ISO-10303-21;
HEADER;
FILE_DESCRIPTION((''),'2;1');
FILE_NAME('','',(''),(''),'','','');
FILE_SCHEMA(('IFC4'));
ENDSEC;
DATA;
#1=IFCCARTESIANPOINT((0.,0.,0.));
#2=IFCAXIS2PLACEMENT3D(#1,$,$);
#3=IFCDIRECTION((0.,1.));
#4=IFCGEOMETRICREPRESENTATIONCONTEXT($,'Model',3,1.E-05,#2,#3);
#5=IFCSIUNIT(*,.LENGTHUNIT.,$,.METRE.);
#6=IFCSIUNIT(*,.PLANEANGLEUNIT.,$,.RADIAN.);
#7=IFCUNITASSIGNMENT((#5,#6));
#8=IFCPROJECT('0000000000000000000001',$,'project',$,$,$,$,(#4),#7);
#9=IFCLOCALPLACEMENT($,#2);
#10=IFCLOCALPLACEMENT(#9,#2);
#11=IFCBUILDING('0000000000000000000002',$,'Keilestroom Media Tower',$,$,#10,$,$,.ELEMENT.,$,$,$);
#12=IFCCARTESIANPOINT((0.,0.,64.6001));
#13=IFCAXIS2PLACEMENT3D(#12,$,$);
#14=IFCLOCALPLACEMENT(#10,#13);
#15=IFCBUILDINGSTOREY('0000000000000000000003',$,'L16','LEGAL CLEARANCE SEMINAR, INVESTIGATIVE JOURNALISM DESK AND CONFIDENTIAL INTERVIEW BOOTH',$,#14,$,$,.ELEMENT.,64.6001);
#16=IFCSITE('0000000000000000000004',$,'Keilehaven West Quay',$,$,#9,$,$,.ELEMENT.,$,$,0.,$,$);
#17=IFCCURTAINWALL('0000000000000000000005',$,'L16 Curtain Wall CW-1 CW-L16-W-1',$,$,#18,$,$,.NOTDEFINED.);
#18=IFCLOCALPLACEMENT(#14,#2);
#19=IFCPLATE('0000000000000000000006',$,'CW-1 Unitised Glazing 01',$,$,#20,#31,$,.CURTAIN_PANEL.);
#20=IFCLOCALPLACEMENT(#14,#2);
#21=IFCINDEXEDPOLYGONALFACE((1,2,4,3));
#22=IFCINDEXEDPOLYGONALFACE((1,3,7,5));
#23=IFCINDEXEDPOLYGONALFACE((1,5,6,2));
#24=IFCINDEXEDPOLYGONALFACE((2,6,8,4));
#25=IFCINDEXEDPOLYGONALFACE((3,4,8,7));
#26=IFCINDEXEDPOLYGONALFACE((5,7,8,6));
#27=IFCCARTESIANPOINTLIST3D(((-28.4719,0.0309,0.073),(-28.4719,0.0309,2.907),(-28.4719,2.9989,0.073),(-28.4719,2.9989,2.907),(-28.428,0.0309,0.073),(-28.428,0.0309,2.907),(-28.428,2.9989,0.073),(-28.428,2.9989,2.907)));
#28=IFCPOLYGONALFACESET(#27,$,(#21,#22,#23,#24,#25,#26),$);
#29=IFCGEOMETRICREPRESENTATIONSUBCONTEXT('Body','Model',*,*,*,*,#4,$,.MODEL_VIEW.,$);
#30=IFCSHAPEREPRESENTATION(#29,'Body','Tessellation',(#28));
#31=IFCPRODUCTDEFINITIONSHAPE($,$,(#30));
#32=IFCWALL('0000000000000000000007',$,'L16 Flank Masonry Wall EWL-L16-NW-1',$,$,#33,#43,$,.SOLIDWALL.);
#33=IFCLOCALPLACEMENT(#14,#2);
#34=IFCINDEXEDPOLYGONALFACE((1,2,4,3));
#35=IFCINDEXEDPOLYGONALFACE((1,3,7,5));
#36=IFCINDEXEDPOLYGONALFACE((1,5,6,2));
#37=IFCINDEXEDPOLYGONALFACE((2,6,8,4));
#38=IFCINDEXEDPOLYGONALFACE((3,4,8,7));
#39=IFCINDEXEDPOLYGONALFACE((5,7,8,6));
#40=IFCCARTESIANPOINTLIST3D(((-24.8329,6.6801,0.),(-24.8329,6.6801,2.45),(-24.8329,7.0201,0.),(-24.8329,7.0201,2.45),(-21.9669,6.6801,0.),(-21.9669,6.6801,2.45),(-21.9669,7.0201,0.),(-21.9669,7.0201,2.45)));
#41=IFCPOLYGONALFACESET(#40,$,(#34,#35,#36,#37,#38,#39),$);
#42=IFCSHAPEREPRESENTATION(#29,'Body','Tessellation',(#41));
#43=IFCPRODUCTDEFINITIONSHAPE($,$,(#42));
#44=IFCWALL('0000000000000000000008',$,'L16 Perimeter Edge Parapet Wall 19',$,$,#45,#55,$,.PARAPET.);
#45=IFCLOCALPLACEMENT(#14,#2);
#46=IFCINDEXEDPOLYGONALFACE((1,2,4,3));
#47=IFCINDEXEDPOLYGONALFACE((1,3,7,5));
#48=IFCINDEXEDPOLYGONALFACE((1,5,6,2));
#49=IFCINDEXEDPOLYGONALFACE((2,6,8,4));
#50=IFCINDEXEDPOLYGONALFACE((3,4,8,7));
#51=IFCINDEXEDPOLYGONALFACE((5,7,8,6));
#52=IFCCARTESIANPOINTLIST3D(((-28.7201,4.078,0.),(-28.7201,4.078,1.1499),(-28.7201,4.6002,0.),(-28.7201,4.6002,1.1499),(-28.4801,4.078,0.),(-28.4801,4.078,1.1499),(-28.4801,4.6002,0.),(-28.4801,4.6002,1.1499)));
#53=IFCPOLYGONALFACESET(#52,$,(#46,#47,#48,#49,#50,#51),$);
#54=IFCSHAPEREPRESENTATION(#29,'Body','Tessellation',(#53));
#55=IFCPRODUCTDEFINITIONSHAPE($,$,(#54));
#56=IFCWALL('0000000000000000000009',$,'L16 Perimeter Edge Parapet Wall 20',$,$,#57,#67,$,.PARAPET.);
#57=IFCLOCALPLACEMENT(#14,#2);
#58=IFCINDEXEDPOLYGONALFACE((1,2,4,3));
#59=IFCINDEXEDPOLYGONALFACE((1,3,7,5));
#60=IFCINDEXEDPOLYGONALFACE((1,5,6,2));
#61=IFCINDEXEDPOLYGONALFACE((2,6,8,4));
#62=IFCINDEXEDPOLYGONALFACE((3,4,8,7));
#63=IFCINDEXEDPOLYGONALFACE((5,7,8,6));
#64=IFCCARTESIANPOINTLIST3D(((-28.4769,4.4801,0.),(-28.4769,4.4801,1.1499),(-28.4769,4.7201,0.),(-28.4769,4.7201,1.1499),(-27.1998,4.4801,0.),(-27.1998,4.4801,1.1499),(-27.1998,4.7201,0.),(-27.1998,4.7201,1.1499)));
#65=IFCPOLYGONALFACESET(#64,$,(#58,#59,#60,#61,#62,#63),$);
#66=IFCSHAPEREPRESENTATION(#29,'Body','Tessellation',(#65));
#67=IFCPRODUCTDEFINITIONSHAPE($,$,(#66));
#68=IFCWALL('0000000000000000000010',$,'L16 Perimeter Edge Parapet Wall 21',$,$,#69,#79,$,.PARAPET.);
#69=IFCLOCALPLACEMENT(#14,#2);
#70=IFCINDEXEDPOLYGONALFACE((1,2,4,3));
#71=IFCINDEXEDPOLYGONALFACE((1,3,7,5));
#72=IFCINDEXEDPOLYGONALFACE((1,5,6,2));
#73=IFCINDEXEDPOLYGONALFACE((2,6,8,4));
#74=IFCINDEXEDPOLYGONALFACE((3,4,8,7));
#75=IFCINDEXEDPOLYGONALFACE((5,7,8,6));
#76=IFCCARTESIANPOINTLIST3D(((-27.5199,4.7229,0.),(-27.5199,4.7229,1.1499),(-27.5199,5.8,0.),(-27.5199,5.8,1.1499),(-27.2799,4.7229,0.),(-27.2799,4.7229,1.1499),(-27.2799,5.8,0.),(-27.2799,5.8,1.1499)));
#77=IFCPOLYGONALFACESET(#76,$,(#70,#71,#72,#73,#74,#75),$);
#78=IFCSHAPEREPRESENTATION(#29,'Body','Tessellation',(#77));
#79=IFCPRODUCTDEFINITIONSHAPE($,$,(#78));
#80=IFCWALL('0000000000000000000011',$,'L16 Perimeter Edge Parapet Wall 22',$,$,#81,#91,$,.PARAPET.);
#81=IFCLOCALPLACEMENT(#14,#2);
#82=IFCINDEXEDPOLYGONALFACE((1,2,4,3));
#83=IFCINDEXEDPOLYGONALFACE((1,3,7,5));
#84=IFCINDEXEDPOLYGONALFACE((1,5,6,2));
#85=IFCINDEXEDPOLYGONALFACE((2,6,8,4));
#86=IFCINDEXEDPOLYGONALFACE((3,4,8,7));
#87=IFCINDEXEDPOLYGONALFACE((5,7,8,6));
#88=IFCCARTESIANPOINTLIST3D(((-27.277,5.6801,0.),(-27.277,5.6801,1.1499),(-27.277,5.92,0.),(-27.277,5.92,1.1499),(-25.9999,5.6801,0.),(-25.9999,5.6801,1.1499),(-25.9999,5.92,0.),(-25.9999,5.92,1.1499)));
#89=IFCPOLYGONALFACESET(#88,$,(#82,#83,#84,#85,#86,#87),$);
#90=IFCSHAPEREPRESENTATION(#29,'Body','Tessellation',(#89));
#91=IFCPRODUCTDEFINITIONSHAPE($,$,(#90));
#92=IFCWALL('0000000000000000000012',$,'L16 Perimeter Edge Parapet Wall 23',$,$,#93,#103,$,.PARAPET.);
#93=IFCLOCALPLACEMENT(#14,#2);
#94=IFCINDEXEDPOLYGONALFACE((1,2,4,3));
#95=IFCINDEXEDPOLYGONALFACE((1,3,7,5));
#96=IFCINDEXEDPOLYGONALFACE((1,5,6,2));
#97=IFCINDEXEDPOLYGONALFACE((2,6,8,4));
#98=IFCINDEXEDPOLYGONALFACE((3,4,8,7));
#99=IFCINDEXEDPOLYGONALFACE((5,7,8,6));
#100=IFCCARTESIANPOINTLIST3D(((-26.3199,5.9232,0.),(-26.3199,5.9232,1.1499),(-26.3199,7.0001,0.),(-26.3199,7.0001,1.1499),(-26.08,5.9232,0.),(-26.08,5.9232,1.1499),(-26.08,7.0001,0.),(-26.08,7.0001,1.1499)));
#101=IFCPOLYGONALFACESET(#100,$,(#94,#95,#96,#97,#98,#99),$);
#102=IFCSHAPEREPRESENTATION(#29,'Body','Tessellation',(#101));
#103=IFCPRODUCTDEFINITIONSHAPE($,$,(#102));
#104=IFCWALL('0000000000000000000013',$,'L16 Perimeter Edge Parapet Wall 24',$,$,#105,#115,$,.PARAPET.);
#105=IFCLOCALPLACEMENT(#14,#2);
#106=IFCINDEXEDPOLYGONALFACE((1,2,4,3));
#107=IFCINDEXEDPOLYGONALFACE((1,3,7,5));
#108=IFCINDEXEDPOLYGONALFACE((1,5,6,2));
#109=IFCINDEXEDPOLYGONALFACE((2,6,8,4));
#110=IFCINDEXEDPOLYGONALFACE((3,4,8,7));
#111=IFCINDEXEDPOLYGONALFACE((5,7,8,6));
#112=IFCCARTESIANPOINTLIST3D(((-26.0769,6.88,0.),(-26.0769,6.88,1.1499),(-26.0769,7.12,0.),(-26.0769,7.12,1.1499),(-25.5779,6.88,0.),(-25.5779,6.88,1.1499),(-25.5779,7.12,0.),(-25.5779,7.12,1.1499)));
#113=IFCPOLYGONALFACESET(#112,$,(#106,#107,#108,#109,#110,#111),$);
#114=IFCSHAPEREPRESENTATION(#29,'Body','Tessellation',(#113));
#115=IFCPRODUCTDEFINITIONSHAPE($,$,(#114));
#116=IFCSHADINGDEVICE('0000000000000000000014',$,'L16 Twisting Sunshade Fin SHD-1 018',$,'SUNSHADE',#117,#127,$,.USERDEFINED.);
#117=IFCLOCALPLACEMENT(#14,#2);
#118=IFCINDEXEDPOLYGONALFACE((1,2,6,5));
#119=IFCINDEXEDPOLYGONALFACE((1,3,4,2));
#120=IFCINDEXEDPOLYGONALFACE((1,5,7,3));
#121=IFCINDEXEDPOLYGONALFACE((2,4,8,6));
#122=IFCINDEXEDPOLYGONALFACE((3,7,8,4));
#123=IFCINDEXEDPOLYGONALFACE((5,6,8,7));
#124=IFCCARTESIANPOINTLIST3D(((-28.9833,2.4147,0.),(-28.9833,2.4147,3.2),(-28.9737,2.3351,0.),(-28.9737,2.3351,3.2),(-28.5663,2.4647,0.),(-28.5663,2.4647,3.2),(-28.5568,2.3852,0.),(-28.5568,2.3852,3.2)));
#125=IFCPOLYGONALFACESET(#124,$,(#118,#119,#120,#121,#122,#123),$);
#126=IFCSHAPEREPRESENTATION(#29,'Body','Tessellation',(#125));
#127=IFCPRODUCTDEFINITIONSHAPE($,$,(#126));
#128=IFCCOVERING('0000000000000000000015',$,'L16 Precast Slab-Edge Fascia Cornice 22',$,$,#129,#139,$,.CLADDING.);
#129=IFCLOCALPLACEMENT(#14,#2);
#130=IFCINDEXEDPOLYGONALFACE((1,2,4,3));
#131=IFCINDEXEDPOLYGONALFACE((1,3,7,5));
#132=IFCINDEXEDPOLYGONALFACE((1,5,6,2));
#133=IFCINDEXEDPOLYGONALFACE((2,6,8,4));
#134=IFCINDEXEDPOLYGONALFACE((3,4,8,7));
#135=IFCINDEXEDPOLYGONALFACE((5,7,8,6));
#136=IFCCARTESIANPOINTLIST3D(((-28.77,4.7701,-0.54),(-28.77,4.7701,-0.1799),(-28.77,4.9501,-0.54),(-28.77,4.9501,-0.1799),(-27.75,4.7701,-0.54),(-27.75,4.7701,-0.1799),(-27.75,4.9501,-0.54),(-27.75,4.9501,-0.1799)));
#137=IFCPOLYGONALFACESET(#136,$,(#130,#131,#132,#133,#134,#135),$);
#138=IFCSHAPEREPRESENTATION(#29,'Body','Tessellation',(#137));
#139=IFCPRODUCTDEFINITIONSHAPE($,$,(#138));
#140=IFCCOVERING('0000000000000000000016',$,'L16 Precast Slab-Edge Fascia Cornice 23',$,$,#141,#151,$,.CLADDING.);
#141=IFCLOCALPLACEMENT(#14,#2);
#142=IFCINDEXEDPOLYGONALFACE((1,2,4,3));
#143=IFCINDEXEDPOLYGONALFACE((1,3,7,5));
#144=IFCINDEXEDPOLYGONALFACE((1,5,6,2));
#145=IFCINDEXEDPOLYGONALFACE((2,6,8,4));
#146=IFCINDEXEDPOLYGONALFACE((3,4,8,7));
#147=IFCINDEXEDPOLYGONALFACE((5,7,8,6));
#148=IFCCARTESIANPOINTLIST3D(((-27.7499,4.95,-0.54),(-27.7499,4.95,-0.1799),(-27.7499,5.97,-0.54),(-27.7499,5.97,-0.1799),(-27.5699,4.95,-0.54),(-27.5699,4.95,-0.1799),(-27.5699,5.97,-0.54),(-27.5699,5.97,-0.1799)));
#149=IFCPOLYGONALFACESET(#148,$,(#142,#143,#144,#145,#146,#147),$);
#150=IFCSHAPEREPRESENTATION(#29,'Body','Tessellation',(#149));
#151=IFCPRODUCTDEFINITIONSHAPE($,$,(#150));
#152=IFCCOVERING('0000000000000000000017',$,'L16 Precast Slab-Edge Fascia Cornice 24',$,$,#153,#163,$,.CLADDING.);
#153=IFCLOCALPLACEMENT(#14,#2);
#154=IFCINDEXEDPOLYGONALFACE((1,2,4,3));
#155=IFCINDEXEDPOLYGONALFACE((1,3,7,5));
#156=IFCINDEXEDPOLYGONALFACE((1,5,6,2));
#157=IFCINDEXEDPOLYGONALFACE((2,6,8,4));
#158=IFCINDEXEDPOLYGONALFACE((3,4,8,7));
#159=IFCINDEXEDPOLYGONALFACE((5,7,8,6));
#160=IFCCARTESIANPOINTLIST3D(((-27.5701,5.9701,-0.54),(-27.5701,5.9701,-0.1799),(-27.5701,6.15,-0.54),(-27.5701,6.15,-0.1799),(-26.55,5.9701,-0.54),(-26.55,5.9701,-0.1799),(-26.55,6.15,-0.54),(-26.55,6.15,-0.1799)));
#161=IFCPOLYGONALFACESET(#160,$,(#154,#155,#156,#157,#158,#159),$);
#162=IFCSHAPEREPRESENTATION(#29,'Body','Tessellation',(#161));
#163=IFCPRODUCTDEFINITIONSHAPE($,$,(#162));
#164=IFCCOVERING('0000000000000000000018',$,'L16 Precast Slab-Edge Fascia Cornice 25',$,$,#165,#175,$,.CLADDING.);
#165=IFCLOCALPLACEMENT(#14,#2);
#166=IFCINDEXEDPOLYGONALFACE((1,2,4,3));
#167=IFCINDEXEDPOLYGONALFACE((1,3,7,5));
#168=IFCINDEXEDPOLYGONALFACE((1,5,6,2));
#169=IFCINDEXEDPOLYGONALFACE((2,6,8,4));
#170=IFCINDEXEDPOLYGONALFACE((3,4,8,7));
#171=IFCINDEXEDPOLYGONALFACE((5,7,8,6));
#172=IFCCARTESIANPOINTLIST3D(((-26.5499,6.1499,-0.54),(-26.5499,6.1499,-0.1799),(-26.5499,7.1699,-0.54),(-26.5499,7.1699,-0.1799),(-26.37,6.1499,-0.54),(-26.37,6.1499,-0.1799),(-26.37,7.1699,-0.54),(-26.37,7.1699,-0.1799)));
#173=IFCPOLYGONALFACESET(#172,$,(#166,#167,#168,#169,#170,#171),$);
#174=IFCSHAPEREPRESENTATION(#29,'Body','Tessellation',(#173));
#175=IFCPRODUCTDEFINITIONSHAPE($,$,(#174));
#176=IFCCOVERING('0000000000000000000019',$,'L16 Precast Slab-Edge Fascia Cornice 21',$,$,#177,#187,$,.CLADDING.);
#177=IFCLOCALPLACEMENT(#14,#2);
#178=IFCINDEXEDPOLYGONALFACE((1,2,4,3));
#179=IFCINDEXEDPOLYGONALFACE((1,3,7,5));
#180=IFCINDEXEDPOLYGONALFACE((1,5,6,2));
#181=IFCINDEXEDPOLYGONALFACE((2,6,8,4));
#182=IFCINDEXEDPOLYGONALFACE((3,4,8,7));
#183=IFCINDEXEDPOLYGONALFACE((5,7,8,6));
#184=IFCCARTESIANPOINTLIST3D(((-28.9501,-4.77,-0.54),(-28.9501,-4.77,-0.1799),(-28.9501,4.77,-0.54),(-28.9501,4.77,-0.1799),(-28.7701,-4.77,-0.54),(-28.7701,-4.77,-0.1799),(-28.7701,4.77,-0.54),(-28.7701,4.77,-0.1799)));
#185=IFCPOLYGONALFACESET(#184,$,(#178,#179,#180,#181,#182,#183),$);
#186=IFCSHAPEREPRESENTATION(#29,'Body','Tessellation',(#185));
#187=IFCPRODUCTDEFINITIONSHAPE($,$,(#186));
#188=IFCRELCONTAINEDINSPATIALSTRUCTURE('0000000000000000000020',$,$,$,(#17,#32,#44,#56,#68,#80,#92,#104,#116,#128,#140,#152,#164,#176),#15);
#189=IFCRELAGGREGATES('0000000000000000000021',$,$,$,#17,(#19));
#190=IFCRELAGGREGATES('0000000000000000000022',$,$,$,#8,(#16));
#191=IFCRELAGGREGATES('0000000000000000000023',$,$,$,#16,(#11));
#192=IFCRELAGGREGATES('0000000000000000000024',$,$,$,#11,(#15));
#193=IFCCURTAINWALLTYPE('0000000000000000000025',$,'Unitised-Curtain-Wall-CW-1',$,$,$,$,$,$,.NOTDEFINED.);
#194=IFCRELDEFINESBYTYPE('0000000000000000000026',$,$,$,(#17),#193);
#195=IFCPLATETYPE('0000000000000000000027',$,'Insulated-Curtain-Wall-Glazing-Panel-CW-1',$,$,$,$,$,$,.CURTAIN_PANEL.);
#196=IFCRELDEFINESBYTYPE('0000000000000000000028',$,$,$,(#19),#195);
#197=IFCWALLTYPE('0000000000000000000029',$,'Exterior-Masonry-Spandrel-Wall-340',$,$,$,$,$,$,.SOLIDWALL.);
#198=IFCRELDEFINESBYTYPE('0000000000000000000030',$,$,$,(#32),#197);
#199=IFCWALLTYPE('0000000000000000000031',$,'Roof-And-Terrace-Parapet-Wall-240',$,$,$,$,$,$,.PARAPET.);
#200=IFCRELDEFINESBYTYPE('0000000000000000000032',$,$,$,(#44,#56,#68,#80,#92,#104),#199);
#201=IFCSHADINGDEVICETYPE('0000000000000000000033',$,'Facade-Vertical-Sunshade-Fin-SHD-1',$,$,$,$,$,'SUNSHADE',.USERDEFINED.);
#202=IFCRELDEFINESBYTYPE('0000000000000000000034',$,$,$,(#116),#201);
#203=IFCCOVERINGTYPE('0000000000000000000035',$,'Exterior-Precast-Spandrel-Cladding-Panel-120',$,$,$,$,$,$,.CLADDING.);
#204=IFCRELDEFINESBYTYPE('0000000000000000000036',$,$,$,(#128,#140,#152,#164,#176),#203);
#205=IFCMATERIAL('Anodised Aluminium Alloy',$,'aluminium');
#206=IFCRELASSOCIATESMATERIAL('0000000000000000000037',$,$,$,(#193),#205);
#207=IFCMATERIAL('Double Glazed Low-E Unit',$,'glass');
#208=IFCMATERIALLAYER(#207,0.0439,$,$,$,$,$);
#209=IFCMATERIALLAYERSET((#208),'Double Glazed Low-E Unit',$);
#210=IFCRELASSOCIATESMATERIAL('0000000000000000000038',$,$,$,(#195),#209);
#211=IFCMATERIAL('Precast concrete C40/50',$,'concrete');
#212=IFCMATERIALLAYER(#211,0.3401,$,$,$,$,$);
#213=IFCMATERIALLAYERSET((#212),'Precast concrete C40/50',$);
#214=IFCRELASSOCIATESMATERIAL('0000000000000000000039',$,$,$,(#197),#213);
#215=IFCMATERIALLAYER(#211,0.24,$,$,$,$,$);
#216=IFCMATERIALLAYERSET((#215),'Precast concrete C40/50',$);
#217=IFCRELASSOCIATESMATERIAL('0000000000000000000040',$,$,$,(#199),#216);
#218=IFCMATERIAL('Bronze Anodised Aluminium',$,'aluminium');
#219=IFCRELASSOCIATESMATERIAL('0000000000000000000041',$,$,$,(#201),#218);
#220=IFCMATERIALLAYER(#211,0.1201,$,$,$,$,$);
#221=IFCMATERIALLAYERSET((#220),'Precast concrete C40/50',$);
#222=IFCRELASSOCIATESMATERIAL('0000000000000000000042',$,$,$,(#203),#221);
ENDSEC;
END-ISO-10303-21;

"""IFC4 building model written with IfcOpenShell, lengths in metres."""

from ifc_helpers import new_model, si_unit, direction, frame, frame_2d, origin, origin_2d, place, context, subcontext, project, spatial, rectangle, extrude, source, transform, mapped, material, layer, layer_set, type_object, element, aggregate, save


model = new_model("IFC4")

# Units and contexts
model_context = context("Model", 3, precision=1e-05, world=origin(), true_north=direction((0.0, 1.0)))
body_context = subcontext(model_context, "Body", "Model", "MODEL_VIEW")
ifc_project = project(units=[si_unit("LENGTHUNIT", "METRE"), si_unit("PLANEANGLEUNIT", "RADIAN")], contexts=[model_context])

# Site, building, storey
site_placement = place(None, origin())
site = spatial("IfcSite", under=ifc_project, at=site_placement, Name="Keilehaven West Quay", CompositionType="ELEMENT", RefElevation=0.0)
building_placement = place(site_placement, origin())
building = spatial("IfcBuilding", under=site, at=building_placement, Name="Keilestroom Media Tower", CompositionType="ELEMENT")
storey_placement = place(building_placement, frame((0.0, 0.0, 64.6001)))
storey = spatial("IfcBuildingStorey", under=building, at=storey_placement, Name="L16", Description="LEGAL CLEARANCE SEMINAR, INVESTIGATIVE JOURNALISM DESK AND CONFIDENTIAL INTERVIEW BOOTH", CompositionType="ELEMENT", Elevation=64.6001)

# Shared definitions
ifc_material_1 = material(Name="Precast concrete C40/50", Category="concrete")

# Curtain wall, plate
ifc_material_2 = material(Name="Anodised Aluminium Alloy", Category="aluminium")
curtain_wall_type = type_object("IfcCurtainWallType", Name="Unitised-Curtain-Wall-CW-1", PredefinedType="NOTDEFINED", material=ifc_material_2)
curtain_wall_placement = place(storey_placement, origin())
curtain_wall = element("IfcCurtainWall", 1, at=curtain_wall_placement, inside=storey, type_object=curtain_wall_type, Name="L16 Curtain Wall CW-1 CW-L16-W-1", PredefinedType="NOTDEFINED")
ifc_material_3 = material(Name="Double Glazed Low-E Unit", Category="glass")
ifc_layer_1 = layer(ifc_material_3, 0.0439)
ifc_layer_set_1 = layer_set([ifc_layer_1], Name="Double Glazed Low-E Unit")
plate_type = type_object("IfcPlateType", Name="Insulated-Curtain-Wall-Glazing-Panel-CW-1", PredefinedType="CURTAIN_PANEL", material=ifc_layer_set_1)
shared_shape_1 = source(origin(), body_context, "Body", "SweptSolid", [
    extrude(rectangle(XDim=2.968, YDim=0.0439, at=origin_2d()), origin(), (0.0, 0.0, 1.0), 2.834),
])
plate_1_placement = place(storey_placement, frame((-28.45, 1.5149, 0.073), z_axis=(0.0, 0.0, 1.0), x_axis=(0.0, 1.0, 0.0)))
plate_1 = element("IfcPlate", 2, at=plate_1_placement, type_object=plate_type, Name="CW-1 Unitised Glazing 01", PredefinedType="CURTAIN_PANEL", context=body_context, shape_type="MappedRepresentation", body=[
    mapped(shared_shape_1, transform((0.0, 0.0, 0.0), x_axis=(1.0, 0.0, 0.0), y_axis=(0.0, 1.0, 0.0), z_axis=(0.0, 0.0, 1.0), scale=1.0)),
])
aggregate(curtain_wall, [plate_1])

# Walls
ifc_layer_2 = layer(ifc_material_1, 0.3401)
ifc_layer_set_2 = layer_set([ifc_layer_2], Name="Precast concrete C40/50")
wall_type_1 = type_object("IfcWallType", Name="Exterior-Masonry-Spandrel-Wall-340", PredefinedType="SOLIDWALL", material=ifc_layer_set_2)
wall_1_placement = place(storey_placement, frame((-24.833, 6.8501, 0.0), z_axis=(0.0, 0.0, 1.0), x_axis=(1.0, 0.0, 0.0)))
element("IfcWall", 3, at=wall_1_placement, inside=storey, type_object=wall_type_1, Name="L16 Flank Masonry Wall EWL-L16-NW-1", PredefinedType="SOLIDWALL", context=body_context, shape_type="SweptSolid", body=[
    extrude(rectangle(XDim=2.866, YDim=0.3401, at=frame_2d((1.4331, 0.0))), origin(), (0.0, 0.0, 1.0), 2.45),
])
ifc_layer_3 = layer(ifc_material_1, 0.24)
ifc_layer_set_3 = layer_set([ifc_layer_3], Name="Precast concrete C40/50")
wall_type_2 = type_object("IfcWallType", Name="Roof-And-Terrace-Parapet-Wall-240", PredefinedType="PARAPET", material=ifc_layer_set_3)
wall_2_placement = place(storey_placement, frame((-28.6001, 4.0779, 0.0), z_axis=(0.0, 0.0, 1.0), x_axis=(0.0, 1.0, 0.0)))
element("IfcWall", 4, at=wall_2_placement, inside=storey, type_object=wall_type_2, Name="L16 Perimeter Edge Parapet Wall 19", PredefinedType="PARAPET", context=body_context, shape_type="SweptSolid", body=[
    extrude(rectangle(XDim=0.5222, YDim=0.24, at=frame_2d((0.2612, 0.0))), origin(), (0.0, 0.0, 1.0), 1.1499),
])
wall_3_placement = place(storey_placement, frame((-28.4771, 4.6001, 0.0), z_axis=(0.0, 0.0, 1.0), x_axis=(1.0, 0.0, 0.0)))
element("IfcWall", 5, at=wall_3_placement, inside=storey, type_object=wall_type_2, Name="L16 Perimeter Edge Parapet Wall 20", PredefinedType="PARAPET", context=body_context, shape_type="SweptSolid", body=[
    extrude(rectangle(XDim=1.2771, YDim=0.24, at=frame_2d((0.6387, 0.0))), origin(), (0.0, 0.0, 1.0), 1.1499),
])
wall_4_placement = place(storey_placement, frame((-27.3999, 4.7229, 0.0), z_axis=(0.0, 0.0, 1.0), x_axis=(0.0, 1.0, 0.0)))
element("IfcWall", 6, at=wall_4_placement, inside=storey, type_object=wall_type_2, Name="L16 Perimeter Edge Parapet Wall 21", PredefinedType="PARAPET", context=body_context, shape_type="SweptSolid", body=[
    extrude(rectangle(XDim=1.0771, YDim=0.24, at=frame_2d((0.5386, 0.0))), origin(), (0.0, 0.0, 1.0), 1.1499),
])
wall_5_placement = place(storey_placement, frame((-27.2771, 5.8, 0.0), z_axis=(0.0, 0.0, 1.0), x_axis=(1.0, 0.0, 0.0)))
element("IfcWall", 7, at=wall_5_placement, inside=storey, type_object=wall_type_2, Name="L16 Perimeter Edge Parapet Wall 22", PredefinedType="PARAPET", context=body_context, shape_type="SweptSolid", body=[
    extrude(rectangle(XDim=1.2771, YDim=0.24, at=frame_2d((0.6387, 0.0))), origin(), (0.0, 0.0, 1.0), 1.1499),
])
wall_6_placement = place(storey_placement, frame((-26.2, 5.9231, 0.0), z_axis=(0.0, 0.0, 1.0), x_axis=(0.0, 1.0, 0.0)))
element("IfcWall", 8, at=wall_6_placement, inside=storey, type_object=wall_type_2, Name="L16 Perimeter Edge Parapet Wall 23", PredefinedType="PARAPET", context=body_context, shape_type="SweptSolid", body=[
    extrude(rectangle(XDim=1.0769, YDim=0.24, at=frame_2d((0.5386, 0.0))), origin(), (0.0, 0.0, 1.0), 1.1499),
])
wall_7_placement = place(storey_placement, frame((-26.0769, 7.0, 0.0), z_axis=(0.0, 0.0, 1.0), x_axis=(1.0, 0.0, 0.0)))
element("IfcWall", 9, at=wall_7_placement, inside=storey, type_object=wall_type_2, Name="L16 Perimeter Edge Parapet Wall 24", PredefinedType="PARAPET", context=body_context, shape_type="SweptSolid", body=[
    extrude(rectangle(XDim=0.499, YDim=0.24, at=frame_2d((0.2495, 0.0))), origin(), (0.0, 0.0, 1.0), 1.1499),
])

# Shading device
ifc_material_4 = material(Name="Bronze Anodised Aluminium", Category="aluminium")
shading_device_type = type_object("IfcShadingDeviceType", Name="Facade-Vertical-Sunshade-Fin-SHD-1", ElementType="SUNSHADE", PredefinedType="USERDEFINED", material=ifc_material_4)
shared_shape_2 = source(origin(), body_context, "Body", "SweptSolid", [
    extrude(rectangle(XDim=0.4199, YDim=0.0801, at=origin_2d()), origin(), (0.0, 0.0, 1.0), 3.2),
])
shading_device_placement = place(storey_placement, frame((-28.77, 2.3999, 0.0), z_axis=(0.0, 0.0, 1.0), x_axis=(0.992883, 0.119097, 0.0)))
element("IfcShadingDevice", 10, at=shading_device_placement, inside=storey, type_object=shading_device_type, Name="L16 Twisting Sunshade Fin SHD-1 018", ObjectType="SUNSHADE", PredefinedType="USERDEFINED", context=body_context, shape_type="MappedRepresentation", body=[
    mapped(shared_shape_2, transform((0.0, 0.0, 0.0), x_axis=(1.0, 0.0, 0.0), y_axis=(0.0, 1.0, 0.0), z_axis=(0.0, 0.0, 1.0), scale=1.0)),
])

# Coverings
ifc_layer_4 = layer(ifc_material_1, 0.1201)
ifc_layer_set_4 = layer_set([ifc_layer_4], Name="Precast concrete C40/50")
covering_type = type_object("IfcCoveringType", Name="Exterior-Precast-Spandrel-Cladding-Panel-120", PredefinedType="CLADDING", material=ifc_layer_set_4)
shared_shape_3 = source(origin(), body_context, "Body", "SweptSolid", [
    extrude(rectangle(XDim=1.02, YDim=0.1799, at=origin_2d()), origin(), (0.0, 0.0, 1.0), 0.3601),
])
for number, where, z_axis, x_axis, name in (
    (11, (-28.26, 4.8601, -0.54), (0.0, 0.0, 1.0), (1.0, 0.0, 0.0), "L16 Precast Slab-Edge Fascia Cornice 22"),
    (12, (-27.6599, 5.46, -0.54), (0.0, 0.0, 1.0), (0.0, 1.0, 0.0), "L16 Precast Slab-Edge Fascia Cornice 23"),
    (13, (-27.0601, 6.0601, -0.54), (0.0, 0.0, 1.0), (1.0, 0.0, 0.0), "L16 Precast Slab-Edge Fascia Cornice 24"),
    (14, (-26.46, 6.6599, -0.54), (0.0, 0.0, 1.0), (0.0, 1.0, 0.0), "L16 Precast Slab-Edge Fascia Cornice 25"),
):
    element("IfcCovering", number, at=place(storey_placement, frame(where, z_axis=z_axis, x_axis=x_axis)), inside=storey, type_object=covering_type, Name=name, PredefinedType="CLADDING", context=body_context, shape_type="MappedRepresentation", body=[
        mapped(shared_shape_3, transform((0.0, 0.0, 0.0), x_axis=(1.0, 0.0, 0.0), y_axis=(0.0, 1.0, 0.0), z_axis=(0.0, 0.0, 1.0), scale=1.0)),
    ])
shared_shape_4 = source(origin(), body_context, "Body", "SweptSolid", [
    extrude(rectangle(XDim=9.54, YDim=0.1799, at=origin_2d()), origin(), (0.0, 0.0, 1.0), 0.3601),
])
covering_placement = place(storey_placement, frame((-28.8601, 0.0, -0.54), z_axis=(0.0, 0.0, 1.0), x_axis=(0.0, 1.0, 0.0)))
element("IfcCovering", 15, at=covering_placement, inside=storey, type_object=covering_type, Name="L16 Precast Slab-Edge Fascia Cornice 21", PredefinedType="CLADDING", context=body_context, shape_type="MappedRepresentation", body=[
    mapped(shared_shape_4, transform((0.0, 0.0, 0.0), x_axis=(1.0, 0.0, 0.0), y_axis=(0.0, 1.0, 0.0), z_axis=(0.0, 0.0, 1.0), scale=1.0)),
])

save(model, "model.ifc")
